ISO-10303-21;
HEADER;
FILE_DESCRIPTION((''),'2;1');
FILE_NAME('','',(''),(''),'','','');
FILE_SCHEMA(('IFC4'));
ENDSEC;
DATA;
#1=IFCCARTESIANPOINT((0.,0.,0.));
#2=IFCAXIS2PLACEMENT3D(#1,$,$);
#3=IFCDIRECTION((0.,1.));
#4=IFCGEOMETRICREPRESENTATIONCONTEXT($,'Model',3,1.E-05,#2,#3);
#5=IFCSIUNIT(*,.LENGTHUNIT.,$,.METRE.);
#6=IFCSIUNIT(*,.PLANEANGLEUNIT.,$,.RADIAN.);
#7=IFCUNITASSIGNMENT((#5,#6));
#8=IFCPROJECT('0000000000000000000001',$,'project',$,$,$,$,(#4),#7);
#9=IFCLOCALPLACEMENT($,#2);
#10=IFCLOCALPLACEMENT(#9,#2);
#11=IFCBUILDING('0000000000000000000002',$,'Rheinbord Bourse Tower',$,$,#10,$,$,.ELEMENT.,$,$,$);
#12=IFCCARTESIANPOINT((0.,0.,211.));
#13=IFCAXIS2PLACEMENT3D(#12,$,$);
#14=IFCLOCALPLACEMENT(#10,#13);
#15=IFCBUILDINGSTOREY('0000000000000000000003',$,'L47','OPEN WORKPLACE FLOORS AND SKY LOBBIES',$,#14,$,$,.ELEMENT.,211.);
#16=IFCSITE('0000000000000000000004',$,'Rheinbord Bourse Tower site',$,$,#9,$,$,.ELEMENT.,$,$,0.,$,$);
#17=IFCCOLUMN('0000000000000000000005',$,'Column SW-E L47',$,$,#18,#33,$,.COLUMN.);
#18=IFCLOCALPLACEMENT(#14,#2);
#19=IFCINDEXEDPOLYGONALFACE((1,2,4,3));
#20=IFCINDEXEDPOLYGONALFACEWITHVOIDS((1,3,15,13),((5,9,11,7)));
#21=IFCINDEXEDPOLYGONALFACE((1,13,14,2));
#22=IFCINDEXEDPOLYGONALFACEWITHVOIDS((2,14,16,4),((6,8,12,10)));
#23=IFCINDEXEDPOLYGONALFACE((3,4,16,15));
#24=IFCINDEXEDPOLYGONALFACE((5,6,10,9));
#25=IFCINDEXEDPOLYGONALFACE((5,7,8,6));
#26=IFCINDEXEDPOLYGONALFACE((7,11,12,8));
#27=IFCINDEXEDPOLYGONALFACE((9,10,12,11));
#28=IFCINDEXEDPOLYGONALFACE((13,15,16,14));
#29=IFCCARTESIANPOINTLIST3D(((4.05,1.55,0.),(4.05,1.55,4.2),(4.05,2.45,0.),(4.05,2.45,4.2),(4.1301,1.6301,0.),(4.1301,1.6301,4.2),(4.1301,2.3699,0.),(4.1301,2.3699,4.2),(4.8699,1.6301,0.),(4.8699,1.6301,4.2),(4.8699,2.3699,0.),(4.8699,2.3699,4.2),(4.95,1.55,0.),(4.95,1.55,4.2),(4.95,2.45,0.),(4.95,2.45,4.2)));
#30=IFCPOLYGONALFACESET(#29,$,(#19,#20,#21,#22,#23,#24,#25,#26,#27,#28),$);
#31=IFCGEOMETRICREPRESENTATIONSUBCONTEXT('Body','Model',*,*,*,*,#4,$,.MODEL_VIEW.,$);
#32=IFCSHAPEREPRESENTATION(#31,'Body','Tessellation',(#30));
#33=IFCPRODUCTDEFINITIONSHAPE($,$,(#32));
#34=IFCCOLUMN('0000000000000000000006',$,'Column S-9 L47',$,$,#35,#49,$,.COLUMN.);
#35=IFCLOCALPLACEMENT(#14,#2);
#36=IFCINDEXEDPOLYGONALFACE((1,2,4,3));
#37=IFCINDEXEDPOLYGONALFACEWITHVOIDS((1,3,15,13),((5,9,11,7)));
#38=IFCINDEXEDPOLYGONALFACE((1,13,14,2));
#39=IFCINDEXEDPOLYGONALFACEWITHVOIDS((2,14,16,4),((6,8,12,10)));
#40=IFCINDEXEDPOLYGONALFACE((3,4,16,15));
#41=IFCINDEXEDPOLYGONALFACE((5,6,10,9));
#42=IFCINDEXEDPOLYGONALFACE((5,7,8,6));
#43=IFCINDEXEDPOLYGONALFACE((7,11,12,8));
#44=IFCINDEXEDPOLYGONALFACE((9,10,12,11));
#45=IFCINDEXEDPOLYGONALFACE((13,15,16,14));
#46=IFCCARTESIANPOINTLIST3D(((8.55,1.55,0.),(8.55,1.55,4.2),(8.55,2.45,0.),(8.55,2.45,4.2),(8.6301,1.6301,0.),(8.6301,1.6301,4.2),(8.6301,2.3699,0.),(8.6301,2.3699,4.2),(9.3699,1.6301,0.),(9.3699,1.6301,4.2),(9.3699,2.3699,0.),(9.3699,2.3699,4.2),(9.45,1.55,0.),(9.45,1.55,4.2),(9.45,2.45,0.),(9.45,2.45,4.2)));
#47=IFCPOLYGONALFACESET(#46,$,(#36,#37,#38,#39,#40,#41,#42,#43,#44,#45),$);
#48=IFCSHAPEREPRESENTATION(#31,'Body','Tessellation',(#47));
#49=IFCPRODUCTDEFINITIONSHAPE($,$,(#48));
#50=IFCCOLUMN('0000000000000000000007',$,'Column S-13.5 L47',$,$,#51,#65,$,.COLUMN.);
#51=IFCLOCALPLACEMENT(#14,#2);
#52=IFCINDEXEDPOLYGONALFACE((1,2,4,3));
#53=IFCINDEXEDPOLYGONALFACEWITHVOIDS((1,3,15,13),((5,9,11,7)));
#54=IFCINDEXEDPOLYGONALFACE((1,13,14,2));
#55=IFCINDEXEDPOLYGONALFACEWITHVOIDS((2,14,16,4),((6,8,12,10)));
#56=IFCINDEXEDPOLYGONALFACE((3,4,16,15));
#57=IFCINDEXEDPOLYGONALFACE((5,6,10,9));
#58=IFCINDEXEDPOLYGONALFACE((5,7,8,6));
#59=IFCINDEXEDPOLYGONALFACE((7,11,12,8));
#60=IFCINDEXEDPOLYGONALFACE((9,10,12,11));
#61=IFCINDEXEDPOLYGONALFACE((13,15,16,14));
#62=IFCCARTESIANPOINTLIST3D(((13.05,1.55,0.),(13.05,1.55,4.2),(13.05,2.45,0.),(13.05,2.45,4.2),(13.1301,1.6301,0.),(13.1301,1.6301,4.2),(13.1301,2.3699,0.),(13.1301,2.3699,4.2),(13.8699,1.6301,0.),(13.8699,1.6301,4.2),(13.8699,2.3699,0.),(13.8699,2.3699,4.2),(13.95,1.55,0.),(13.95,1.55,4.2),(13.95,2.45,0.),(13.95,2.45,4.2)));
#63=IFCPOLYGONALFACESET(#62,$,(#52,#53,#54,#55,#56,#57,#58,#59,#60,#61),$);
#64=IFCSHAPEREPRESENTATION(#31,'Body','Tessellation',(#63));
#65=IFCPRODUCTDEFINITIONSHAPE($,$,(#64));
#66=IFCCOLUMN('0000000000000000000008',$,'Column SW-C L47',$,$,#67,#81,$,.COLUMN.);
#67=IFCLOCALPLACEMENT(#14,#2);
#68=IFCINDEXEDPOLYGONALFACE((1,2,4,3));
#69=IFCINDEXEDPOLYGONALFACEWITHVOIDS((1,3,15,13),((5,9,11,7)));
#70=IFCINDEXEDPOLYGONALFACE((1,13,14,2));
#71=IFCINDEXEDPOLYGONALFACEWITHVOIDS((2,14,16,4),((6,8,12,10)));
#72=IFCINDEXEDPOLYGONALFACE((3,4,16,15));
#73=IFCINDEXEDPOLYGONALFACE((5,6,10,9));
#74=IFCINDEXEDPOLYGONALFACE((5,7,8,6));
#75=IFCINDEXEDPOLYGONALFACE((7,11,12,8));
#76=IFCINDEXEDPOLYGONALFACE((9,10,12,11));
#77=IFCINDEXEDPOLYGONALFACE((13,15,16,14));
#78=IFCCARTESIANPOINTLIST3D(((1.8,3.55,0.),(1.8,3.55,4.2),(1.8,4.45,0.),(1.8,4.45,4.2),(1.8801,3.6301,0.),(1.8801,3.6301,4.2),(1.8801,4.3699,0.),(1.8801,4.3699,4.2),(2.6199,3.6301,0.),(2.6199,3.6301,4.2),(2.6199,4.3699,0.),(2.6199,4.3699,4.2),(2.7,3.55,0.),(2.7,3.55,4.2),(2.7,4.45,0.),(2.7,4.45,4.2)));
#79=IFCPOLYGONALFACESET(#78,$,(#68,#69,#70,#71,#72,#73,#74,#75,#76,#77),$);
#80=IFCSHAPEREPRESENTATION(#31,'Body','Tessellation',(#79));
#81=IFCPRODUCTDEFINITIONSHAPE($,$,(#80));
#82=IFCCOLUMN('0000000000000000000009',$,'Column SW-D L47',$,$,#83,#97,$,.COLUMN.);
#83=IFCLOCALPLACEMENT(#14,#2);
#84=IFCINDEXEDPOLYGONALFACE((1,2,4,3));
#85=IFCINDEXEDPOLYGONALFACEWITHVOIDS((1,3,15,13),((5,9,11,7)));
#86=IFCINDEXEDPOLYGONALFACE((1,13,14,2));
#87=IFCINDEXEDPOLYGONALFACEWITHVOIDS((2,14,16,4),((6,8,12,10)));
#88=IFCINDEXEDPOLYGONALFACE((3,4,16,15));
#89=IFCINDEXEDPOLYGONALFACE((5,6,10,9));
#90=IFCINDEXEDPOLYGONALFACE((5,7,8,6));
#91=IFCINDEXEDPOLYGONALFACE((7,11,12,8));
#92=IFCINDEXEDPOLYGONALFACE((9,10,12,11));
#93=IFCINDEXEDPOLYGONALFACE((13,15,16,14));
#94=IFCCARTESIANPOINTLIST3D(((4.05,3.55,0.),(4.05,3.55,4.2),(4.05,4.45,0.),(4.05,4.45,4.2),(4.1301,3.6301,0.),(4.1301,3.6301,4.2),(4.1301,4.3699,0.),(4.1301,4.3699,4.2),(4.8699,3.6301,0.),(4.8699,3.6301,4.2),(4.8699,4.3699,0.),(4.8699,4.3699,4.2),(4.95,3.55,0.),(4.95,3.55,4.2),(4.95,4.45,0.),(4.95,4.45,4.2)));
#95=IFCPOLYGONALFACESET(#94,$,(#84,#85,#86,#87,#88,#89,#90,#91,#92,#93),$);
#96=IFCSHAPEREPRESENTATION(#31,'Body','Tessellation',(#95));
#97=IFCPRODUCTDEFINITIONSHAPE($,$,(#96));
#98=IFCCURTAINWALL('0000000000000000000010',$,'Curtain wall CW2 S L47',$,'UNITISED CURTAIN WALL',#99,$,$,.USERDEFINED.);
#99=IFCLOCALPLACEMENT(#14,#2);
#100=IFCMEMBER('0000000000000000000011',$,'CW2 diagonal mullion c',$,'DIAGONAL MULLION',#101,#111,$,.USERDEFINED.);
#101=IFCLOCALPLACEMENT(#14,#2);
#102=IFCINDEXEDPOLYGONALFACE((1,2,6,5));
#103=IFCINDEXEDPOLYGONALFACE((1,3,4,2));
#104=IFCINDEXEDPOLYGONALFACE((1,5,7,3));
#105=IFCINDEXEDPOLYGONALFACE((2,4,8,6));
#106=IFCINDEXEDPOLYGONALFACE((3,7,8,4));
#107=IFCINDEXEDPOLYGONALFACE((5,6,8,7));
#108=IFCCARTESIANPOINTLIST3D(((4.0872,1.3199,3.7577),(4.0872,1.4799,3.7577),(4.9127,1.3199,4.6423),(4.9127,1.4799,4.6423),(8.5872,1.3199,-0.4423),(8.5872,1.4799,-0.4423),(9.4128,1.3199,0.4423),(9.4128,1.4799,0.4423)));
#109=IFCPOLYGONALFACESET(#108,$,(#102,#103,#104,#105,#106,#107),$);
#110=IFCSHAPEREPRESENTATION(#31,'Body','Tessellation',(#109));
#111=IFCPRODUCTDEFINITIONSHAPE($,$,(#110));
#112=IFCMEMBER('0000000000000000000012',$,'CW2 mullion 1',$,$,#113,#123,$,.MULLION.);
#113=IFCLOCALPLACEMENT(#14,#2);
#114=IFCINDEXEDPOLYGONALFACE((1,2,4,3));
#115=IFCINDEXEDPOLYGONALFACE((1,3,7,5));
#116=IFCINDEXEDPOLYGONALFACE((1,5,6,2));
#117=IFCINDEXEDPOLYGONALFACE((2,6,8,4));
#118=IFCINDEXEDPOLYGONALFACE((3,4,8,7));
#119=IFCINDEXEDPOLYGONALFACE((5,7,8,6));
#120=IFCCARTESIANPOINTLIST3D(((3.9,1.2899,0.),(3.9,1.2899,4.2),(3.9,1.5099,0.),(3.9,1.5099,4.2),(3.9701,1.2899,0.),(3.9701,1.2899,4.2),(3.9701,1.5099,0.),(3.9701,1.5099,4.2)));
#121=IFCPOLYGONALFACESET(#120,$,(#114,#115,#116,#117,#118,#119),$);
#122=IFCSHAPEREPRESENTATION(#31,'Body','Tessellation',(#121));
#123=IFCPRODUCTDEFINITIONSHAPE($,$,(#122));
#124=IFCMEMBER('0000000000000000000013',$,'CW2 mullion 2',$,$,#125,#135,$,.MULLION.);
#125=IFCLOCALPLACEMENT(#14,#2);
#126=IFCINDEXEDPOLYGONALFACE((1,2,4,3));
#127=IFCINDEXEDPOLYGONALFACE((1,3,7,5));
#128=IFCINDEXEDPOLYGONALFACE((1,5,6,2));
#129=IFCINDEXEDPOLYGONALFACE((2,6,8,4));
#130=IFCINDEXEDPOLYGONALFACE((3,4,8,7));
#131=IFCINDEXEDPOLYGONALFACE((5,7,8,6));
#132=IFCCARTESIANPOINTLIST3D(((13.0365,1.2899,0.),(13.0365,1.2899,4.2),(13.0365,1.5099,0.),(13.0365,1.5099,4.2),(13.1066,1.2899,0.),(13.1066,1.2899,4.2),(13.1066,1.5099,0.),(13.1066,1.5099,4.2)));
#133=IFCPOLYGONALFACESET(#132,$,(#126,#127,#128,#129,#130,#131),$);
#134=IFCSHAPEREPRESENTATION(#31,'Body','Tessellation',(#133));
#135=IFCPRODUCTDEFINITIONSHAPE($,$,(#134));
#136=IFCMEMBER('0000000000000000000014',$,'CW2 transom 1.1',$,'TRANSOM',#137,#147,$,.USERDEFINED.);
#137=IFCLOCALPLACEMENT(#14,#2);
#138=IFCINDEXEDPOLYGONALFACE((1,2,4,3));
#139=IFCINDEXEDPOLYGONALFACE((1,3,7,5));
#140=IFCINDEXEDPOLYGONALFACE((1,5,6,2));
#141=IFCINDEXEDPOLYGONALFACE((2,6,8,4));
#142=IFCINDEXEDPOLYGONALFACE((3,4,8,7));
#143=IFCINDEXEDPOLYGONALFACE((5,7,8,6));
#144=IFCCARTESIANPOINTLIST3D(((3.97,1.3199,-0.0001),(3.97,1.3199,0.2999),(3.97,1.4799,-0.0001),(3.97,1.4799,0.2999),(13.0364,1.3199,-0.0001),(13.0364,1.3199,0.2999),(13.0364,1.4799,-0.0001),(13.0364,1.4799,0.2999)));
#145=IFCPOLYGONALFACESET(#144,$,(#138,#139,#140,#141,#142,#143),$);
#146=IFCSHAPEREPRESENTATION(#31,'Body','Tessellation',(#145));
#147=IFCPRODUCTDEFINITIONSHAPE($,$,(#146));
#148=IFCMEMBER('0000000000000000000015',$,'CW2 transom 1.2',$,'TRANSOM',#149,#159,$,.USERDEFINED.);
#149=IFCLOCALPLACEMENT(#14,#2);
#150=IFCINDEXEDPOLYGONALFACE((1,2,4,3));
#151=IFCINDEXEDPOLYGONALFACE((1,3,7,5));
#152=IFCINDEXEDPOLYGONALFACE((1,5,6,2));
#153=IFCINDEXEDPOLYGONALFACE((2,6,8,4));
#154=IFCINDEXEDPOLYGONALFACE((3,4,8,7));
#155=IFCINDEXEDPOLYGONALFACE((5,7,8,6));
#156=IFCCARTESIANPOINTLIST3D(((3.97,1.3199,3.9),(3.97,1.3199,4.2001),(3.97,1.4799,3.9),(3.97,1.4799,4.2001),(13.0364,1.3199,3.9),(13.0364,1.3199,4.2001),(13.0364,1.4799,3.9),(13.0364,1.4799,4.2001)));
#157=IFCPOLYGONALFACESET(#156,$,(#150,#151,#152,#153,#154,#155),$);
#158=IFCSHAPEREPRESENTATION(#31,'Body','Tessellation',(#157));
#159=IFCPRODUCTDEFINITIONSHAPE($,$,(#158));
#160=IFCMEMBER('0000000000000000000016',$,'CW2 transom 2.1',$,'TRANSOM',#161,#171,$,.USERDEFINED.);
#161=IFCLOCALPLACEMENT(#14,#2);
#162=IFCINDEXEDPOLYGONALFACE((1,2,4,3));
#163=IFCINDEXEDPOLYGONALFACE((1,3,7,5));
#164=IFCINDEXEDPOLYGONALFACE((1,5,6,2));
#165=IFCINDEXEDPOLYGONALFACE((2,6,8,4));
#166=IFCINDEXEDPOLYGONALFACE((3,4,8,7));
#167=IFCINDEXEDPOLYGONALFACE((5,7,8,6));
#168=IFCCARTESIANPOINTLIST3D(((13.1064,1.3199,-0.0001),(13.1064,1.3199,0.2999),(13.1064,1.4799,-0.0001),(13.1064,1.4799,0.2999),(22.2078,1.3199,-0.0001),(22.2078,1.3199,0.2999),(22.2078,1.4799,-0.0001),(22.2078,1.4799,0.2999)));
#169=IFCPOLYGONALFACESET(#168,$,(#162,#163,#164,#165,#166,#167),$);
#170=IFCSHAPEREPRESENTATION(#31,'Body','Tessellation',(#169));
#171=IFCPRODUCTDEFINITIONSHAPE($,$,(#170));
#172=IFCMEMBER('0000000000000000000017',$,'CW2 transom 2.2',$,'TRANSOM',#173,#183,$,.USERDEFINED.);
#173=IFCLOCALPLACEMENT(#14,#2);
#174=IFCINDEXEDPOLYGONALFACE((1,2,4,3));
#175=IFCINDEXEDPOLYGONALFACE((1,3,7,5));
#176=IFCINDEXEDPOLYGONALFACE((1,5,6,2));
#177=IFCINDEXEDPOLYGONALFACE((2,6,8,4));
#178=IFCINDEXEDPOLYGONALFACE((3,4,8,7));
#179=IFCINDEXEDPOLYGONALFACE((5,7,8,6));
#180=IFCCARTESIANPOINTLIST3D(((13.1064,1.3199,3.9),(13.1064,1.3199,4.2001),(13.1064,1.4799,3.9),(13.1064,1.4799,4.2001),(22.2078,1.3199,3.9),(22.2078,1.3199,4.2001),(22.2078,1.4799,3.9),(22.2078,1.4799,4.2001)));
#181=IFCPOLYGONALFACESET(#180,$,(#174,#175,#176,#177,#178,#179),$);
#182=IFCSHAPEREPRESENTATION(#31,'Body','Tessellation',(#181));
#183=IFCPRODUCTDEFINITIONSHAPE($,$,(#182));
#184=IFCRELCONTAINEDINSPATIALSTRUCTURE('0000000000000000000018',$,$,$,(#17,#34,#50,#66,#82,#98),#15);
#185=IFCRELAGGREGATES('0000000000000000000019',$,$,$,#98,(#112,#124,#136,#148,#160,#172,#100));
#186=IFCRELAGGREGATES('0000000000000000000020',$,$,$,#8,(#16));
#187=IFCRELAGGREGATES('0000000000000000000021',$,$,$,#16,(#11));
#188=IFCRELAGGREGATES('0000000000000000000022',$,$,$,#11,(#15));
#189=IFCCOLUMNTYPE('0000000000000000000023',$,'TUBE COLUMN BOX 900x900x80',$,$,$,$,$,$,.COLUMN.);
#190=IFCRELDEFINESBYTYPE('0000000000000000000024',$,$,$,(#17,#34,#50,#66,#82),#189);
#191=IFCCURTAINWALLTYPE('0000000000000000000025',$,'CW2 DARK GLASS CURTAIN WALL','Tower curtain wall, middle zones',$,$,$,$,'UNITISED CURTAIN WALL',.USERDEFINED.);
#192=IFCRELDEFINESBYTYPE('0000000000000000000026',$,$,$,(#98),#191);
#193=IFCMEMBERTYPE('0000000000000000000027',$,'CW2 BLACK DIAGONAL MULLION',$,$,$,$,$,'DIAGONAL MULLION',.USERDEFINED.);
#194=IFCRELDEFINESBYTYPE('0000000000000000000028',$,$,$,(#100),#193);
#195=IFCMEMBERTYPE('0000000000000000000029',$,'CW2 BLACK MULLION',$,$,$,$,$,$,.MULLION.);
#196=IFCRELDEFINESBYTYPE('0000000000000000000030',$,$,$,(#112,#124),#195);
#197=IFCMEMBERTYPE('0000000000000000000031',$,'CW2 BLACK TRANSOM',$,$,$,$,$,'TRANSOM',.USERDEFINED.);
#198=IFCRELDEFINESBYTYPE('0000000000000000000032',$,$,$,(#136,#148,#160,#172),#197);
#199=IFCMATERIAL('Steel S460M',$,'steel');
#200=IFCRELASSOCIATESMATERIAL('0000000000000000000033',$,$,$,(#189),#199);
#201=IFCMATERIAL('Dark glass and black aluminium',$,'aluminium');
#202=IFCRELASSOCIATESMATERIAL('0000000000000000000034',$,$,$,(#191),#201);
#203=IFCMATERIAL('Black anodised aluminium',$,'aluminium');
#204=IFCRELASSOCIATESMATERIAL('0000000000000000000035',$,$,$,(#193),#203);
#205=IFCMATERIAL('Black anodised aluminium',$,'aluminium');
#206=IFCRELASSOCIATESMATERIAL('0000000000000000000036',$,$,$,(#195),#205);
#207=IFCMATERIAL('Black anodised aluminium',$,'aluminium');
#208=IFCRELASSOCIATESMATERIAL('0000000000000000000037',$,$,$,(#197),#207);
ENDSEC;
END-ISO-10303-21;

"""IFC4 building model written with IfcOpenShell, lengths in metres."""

from ifc_helpers import new_model, si_unit, direction, frame, origin, origin_2d, place, context, subcontext, project, spatial, rectangle, hollow_rectangle, extrude, material, material_profile, profile_set, type_object, element, aggregate, save


model = new_model("IFC4")

# Units and contexts
model_context = context("Model", 3, precision=1e-05, world=origin(), true_north=direction((0.0, 1.0)))
body_context = subcontext(model_context, "Body", "Model", "MODEL_VIEW")
ifc_project = project(units=[si_unit("LENGTHUNIT", "METRE"), si_unit("PLANEANGLEUNIT", "RADIAN")], contexts=[model_context])

# Site, building, storey
site_placement = place(None, origin())
site = spatial("IfcSite", under=ifc_project, at=site_placement, Name="Rheinbord Bourse Tower site", CompositionType="ELEMENT", RefElevation=0.0)
building_placement = place(site_placement, origin())
building = spatial("IfcBuilding", under=site, at=building_placement, Name="Rheinbord Bourse Tower", CompositionType="ELEMENT")
storey_placement = place(building_placement, frame((0.0, 0.0, 211.0)))
storey = spatial("IfcBuildingStorey", under=building, at=storey_placement, Name="L47", Description="OPEN WORKPLACE FLOORS AND SKY LOBBIES", CompositionType="ELEMENT", Elevation=211.0)

# Columns
ifc_material_1 = material(Name="Steel S460M", Category="steel")
ifc_material_profile_1 = material_profile(ifc_material_1, hollow_rectangle(XDim=0.8999, YDim=0.8999, WallThickness=0.0801, at=origin_2d()), Name="BOX 900x900x80")
ifc_profile_set_1 = profile_set([ifc_material_profile_1], Name="Steel S460M")
column_type = type_object("IfcColumnType", Name="TUBE COLUMN BOX 900x900x80", PredefinedType="COLUMN", material=ifc_profile_set_1)
for number, where, z_axis, x_axis, name in (
    (1, (4.5, 2.0, 0.0), (0.0, 0.0, 1.0), (0.0, 1.0, 0.0), "Column SW-E L47"),
    (2, (9.0, 2.0, 0.0), (0.0, 0.0, 1.0), (0.0, 1.0, 0.0), "Column S-9 L47"),
    (3, (13.5, 2.0, 0.0), (0.0, 0.0, 1.0), (0.0, 1.0, 0.0), "Column S-13.5 L47"),
    (4, (2.25, 4.0, 0.0), (0.0, 0.0, 1.0), (1.0, 0.0, 0.0), "Column SW-C L47"),
    (5, (4.5, 4.0, 0.0), (0.0, 0.0, 1.0), (0.0, 1.0, 0.0), "Column SW-D L47"),
):
    element("IfcColumn", number, at=place(storey_placement, frame(where, z_axis=z_axis, x_axis=x_axis)), inside=storey, type_object=column_type, Name=name, PredefinedType="COLUMN", context=body_context, shape_type="SweptSolid", body=[
        extrude(hollow_rectangle(XDim=0.8999, YDim=0.8999, WallThickness=0.0801, at=origin_2d()), origin(), (0.0, 0.0, 1.0), 4.2),
    ])

# Curtain wall, members
ifc_material_2 = material(Name="Dark glass and black aluminium", Category="aluminium")
curtain_wall_type = type_object("IfcCurtainWallType", Name="CW2 DARK GLASS CURTAIN WALL", Description="Tower curtain wall, middle zones", ElementType="UNITISED CURTAIN WALL", PredefinedType="USERDEFINED", material=ifc_material_2)
curtain_wall_placement = place(storey_placement, origin())
curtain_wall = element("IfcCurtainWall", 6, at=curtain_wall_placement, inside=storey, type_object=curtain_wall_type, Name="Curtain wall CW2 S L47", ObjectType="UNITISED CURTAIN WALL", PredefinedType="USERDEFINED")
ifc_material_3 = material(Name="Black anodised aluminium", Category="aluminium")
ifc_material_profile_2 = material_profile(ifc_material_3, rectangle(XDim=0.1599, YDim=1.21, at=origin_2d()), Name="CW2 DIAGONAL MULLION 1210x160")
ifc_profile_set_2 = profile_set([ifc_material_profile_2], Name="Black anodised aluminium")
member_type_1 = type_object("IfcMemberType", Name="CW2 BLACK DIAGONAL MULLION", ElementType="DIAGONAL MULLION", PredefinedType="USERDEFINED", material=ifc_profile_set_2)
member_1_placement = place(storey_placement, frame((9.0, 1.3999, 0.0), z_axis=(-0.731059, 0.0, 0.682314), x_axis=(0.0, -1.0, 0.0)))
member_1 = element("IfcMember", 7, at=member_1_placement, type_object=member_type_1, Name="CW2 diagonal mullion c", ObjectType="DIAGONAL MULLION", PredefinedType="USERDEFINED", context=body_context, shape_type="SweptSolid", body=[
    extrude(rectangle(XDim=0.1599, YDim=1.21, at=origin_2d()), origin(), (0.0, 0.0, 1.0), 6.1555),
])
ifc_material_4 = material(Name="Black anodised aluminium", Category="aluminium")
ifc_material_profile_3 = material_profile(ifc_material_4, rectangle(XDim=0.22, YDim=0.0701, at=origin_2d()), Name="CW2 MULLION 70x220")
ifc_profile_set_3 = profile_set([ifc_material_profile_3], Name="Black anodised aluminium")
member_type_2 = type_object("IfcMemberType", Name="CW2 BLACK MULLION", PredefinedType="MULLION", material=ifc_profile_set_3)
member_2_placement = place(storey_placement, frame((3.9351, 1.3999, 0.0), z_axis=(0.0, 0.0, 1.0), x_axis=(0.0, 1.0, 0.0)))
member_2 = element("IfcMember", 8, at=member_2_placement, type_object=member_type_2, Name="CW2 mullion 1", PredefinedType="MULLION", context=body_context, shape_type="SweptSolid", body=[
    extrude(rectangle(XDim=0.22, YDim=0.0701, at=origin_2d()), origin(), (0.0, 0.0, 1.0), 4.2),
])
member_3_placement = place(storey_placement, frame((13.0715, 1.3999, 0.0), z_axis=(0.0, 0.0, 1.0), x_axis=(0.0, 1.0, 0.0)))
member_3 = element("IfcMember", 9, at=member_3_placement, type_object=member_type_2, Name="CW2 mullion 2", PredefinedType="MULLION", context=body_context, shape_type="SweptSolid", body=[
    extrude(rectangle(XDim=0.22, YDim=0.0701, at=origin_2d()), origin(), (0.0, 0.0, 1.0), 4.2),
])
ifc_material_5 = material(Name="Black anodised aluminium", Category="aluminium")
ifc_material_profile_4 = material_profile(ifc_material_5, rectangle(XDim=0.1599, YDim=0.3, at=origin_2d()), Name="CW2 TRANSOM 300x160")
ifc_profile_set_4 = profile_set([ifc_material_profile_4], Name="Black anodised aluminium")
member_type_3 = type_object("IfcMemberType", Name="CW2 BLACK TRANSOM", ElementType="TRANSOM", PredefinedType="USERDEFINED", material=ifc_profile_set_4)
member_4_placement = place(storey_placement, frame((3.97, 1.3999, 0.1499), z_axis=(1.0, 0.0, 0.0), x_axis=(0.0, 1.0, 0.0)))
member_4 = element("IfcMember", 10, at=member_4_placement, type_object=member_type_3, Name="CW2 transom 1.1", ObjectType="TRANSOM", PredefinedType="USERDEFINED", context=body_context, shape_type="SweptSolid", body=[
    extrude(rectangle(XDim=0.1599, YDim=0.3, at=origin_2d()), origin(), (0.0, 0.0, 1.0), 9.0664),
])
member_5_placement = place(storey_placement, frame((3.97, 1.3999, 4.05), z_axis=(1.0, 0.0, 0.0), x_axis=(0.0, 1.0, 0.0)))
member_5 = element("IfcMember", 11, at=member_5_placement, type_object=member_type_3, Name="CW2 transom 1.2", ObjectType="TRANSOM", PredefinedType="USERDEFINED", context=body_context, shape_type="SweptSolid", body=[
    extrude(rectangle(XDim=0.1599, YDim=0.3, at=origin_2d()), origin(), (0.0, 0.0, 1.0), 9.0664),
])
member_6_placement = place(storey_placement, frame((13.1064, 1.3999, 0.1499), z_axis=(1.0, 0.0, 0.0), x_axis=(0.0, 1.0, 0.0)))
member_6 = element("IfcMember", 12, at=member_6_placement, type_object=member_type_3, Name="CW2 transom 2.1", ObjectType="TRANSOM", PredefinedType="USERDEFINED", context=body_context, shape_type="SweptSolid", body=[
    extrude(rectangle(XDim=0.1599, YDim=0.3, at=origin_2d()), origin(), (0.0, 0.0, 1.0), 9.1013),
])
member_7_placement = place(storey_placement, frame((13.1064, 1.3999, 4.05), z_axis=(1.0, 0.0, 0.0), x_axis=(0.0, 1.0, 0.0)))
member_7 = element("IfcMember", 13, at=member_7_placement, type_object=member_type_3, Name="CW2 transom 2.2", ObjectType="TRANSOM", PredefinedType="USERDEFINED", context=body_context, shape_type="SweptSolid", body=[
    extrude(rectangle(XDim=0.1599, YDim=0.3, at=origin_2d()), origin(), (0.0, 0.0, 1.0), 9.1013),
])

aggregate(curtain_wall, [member_2, member_3, member_4, member_5, member_6, member_7, member_1])

save(model, "model.ifc")
